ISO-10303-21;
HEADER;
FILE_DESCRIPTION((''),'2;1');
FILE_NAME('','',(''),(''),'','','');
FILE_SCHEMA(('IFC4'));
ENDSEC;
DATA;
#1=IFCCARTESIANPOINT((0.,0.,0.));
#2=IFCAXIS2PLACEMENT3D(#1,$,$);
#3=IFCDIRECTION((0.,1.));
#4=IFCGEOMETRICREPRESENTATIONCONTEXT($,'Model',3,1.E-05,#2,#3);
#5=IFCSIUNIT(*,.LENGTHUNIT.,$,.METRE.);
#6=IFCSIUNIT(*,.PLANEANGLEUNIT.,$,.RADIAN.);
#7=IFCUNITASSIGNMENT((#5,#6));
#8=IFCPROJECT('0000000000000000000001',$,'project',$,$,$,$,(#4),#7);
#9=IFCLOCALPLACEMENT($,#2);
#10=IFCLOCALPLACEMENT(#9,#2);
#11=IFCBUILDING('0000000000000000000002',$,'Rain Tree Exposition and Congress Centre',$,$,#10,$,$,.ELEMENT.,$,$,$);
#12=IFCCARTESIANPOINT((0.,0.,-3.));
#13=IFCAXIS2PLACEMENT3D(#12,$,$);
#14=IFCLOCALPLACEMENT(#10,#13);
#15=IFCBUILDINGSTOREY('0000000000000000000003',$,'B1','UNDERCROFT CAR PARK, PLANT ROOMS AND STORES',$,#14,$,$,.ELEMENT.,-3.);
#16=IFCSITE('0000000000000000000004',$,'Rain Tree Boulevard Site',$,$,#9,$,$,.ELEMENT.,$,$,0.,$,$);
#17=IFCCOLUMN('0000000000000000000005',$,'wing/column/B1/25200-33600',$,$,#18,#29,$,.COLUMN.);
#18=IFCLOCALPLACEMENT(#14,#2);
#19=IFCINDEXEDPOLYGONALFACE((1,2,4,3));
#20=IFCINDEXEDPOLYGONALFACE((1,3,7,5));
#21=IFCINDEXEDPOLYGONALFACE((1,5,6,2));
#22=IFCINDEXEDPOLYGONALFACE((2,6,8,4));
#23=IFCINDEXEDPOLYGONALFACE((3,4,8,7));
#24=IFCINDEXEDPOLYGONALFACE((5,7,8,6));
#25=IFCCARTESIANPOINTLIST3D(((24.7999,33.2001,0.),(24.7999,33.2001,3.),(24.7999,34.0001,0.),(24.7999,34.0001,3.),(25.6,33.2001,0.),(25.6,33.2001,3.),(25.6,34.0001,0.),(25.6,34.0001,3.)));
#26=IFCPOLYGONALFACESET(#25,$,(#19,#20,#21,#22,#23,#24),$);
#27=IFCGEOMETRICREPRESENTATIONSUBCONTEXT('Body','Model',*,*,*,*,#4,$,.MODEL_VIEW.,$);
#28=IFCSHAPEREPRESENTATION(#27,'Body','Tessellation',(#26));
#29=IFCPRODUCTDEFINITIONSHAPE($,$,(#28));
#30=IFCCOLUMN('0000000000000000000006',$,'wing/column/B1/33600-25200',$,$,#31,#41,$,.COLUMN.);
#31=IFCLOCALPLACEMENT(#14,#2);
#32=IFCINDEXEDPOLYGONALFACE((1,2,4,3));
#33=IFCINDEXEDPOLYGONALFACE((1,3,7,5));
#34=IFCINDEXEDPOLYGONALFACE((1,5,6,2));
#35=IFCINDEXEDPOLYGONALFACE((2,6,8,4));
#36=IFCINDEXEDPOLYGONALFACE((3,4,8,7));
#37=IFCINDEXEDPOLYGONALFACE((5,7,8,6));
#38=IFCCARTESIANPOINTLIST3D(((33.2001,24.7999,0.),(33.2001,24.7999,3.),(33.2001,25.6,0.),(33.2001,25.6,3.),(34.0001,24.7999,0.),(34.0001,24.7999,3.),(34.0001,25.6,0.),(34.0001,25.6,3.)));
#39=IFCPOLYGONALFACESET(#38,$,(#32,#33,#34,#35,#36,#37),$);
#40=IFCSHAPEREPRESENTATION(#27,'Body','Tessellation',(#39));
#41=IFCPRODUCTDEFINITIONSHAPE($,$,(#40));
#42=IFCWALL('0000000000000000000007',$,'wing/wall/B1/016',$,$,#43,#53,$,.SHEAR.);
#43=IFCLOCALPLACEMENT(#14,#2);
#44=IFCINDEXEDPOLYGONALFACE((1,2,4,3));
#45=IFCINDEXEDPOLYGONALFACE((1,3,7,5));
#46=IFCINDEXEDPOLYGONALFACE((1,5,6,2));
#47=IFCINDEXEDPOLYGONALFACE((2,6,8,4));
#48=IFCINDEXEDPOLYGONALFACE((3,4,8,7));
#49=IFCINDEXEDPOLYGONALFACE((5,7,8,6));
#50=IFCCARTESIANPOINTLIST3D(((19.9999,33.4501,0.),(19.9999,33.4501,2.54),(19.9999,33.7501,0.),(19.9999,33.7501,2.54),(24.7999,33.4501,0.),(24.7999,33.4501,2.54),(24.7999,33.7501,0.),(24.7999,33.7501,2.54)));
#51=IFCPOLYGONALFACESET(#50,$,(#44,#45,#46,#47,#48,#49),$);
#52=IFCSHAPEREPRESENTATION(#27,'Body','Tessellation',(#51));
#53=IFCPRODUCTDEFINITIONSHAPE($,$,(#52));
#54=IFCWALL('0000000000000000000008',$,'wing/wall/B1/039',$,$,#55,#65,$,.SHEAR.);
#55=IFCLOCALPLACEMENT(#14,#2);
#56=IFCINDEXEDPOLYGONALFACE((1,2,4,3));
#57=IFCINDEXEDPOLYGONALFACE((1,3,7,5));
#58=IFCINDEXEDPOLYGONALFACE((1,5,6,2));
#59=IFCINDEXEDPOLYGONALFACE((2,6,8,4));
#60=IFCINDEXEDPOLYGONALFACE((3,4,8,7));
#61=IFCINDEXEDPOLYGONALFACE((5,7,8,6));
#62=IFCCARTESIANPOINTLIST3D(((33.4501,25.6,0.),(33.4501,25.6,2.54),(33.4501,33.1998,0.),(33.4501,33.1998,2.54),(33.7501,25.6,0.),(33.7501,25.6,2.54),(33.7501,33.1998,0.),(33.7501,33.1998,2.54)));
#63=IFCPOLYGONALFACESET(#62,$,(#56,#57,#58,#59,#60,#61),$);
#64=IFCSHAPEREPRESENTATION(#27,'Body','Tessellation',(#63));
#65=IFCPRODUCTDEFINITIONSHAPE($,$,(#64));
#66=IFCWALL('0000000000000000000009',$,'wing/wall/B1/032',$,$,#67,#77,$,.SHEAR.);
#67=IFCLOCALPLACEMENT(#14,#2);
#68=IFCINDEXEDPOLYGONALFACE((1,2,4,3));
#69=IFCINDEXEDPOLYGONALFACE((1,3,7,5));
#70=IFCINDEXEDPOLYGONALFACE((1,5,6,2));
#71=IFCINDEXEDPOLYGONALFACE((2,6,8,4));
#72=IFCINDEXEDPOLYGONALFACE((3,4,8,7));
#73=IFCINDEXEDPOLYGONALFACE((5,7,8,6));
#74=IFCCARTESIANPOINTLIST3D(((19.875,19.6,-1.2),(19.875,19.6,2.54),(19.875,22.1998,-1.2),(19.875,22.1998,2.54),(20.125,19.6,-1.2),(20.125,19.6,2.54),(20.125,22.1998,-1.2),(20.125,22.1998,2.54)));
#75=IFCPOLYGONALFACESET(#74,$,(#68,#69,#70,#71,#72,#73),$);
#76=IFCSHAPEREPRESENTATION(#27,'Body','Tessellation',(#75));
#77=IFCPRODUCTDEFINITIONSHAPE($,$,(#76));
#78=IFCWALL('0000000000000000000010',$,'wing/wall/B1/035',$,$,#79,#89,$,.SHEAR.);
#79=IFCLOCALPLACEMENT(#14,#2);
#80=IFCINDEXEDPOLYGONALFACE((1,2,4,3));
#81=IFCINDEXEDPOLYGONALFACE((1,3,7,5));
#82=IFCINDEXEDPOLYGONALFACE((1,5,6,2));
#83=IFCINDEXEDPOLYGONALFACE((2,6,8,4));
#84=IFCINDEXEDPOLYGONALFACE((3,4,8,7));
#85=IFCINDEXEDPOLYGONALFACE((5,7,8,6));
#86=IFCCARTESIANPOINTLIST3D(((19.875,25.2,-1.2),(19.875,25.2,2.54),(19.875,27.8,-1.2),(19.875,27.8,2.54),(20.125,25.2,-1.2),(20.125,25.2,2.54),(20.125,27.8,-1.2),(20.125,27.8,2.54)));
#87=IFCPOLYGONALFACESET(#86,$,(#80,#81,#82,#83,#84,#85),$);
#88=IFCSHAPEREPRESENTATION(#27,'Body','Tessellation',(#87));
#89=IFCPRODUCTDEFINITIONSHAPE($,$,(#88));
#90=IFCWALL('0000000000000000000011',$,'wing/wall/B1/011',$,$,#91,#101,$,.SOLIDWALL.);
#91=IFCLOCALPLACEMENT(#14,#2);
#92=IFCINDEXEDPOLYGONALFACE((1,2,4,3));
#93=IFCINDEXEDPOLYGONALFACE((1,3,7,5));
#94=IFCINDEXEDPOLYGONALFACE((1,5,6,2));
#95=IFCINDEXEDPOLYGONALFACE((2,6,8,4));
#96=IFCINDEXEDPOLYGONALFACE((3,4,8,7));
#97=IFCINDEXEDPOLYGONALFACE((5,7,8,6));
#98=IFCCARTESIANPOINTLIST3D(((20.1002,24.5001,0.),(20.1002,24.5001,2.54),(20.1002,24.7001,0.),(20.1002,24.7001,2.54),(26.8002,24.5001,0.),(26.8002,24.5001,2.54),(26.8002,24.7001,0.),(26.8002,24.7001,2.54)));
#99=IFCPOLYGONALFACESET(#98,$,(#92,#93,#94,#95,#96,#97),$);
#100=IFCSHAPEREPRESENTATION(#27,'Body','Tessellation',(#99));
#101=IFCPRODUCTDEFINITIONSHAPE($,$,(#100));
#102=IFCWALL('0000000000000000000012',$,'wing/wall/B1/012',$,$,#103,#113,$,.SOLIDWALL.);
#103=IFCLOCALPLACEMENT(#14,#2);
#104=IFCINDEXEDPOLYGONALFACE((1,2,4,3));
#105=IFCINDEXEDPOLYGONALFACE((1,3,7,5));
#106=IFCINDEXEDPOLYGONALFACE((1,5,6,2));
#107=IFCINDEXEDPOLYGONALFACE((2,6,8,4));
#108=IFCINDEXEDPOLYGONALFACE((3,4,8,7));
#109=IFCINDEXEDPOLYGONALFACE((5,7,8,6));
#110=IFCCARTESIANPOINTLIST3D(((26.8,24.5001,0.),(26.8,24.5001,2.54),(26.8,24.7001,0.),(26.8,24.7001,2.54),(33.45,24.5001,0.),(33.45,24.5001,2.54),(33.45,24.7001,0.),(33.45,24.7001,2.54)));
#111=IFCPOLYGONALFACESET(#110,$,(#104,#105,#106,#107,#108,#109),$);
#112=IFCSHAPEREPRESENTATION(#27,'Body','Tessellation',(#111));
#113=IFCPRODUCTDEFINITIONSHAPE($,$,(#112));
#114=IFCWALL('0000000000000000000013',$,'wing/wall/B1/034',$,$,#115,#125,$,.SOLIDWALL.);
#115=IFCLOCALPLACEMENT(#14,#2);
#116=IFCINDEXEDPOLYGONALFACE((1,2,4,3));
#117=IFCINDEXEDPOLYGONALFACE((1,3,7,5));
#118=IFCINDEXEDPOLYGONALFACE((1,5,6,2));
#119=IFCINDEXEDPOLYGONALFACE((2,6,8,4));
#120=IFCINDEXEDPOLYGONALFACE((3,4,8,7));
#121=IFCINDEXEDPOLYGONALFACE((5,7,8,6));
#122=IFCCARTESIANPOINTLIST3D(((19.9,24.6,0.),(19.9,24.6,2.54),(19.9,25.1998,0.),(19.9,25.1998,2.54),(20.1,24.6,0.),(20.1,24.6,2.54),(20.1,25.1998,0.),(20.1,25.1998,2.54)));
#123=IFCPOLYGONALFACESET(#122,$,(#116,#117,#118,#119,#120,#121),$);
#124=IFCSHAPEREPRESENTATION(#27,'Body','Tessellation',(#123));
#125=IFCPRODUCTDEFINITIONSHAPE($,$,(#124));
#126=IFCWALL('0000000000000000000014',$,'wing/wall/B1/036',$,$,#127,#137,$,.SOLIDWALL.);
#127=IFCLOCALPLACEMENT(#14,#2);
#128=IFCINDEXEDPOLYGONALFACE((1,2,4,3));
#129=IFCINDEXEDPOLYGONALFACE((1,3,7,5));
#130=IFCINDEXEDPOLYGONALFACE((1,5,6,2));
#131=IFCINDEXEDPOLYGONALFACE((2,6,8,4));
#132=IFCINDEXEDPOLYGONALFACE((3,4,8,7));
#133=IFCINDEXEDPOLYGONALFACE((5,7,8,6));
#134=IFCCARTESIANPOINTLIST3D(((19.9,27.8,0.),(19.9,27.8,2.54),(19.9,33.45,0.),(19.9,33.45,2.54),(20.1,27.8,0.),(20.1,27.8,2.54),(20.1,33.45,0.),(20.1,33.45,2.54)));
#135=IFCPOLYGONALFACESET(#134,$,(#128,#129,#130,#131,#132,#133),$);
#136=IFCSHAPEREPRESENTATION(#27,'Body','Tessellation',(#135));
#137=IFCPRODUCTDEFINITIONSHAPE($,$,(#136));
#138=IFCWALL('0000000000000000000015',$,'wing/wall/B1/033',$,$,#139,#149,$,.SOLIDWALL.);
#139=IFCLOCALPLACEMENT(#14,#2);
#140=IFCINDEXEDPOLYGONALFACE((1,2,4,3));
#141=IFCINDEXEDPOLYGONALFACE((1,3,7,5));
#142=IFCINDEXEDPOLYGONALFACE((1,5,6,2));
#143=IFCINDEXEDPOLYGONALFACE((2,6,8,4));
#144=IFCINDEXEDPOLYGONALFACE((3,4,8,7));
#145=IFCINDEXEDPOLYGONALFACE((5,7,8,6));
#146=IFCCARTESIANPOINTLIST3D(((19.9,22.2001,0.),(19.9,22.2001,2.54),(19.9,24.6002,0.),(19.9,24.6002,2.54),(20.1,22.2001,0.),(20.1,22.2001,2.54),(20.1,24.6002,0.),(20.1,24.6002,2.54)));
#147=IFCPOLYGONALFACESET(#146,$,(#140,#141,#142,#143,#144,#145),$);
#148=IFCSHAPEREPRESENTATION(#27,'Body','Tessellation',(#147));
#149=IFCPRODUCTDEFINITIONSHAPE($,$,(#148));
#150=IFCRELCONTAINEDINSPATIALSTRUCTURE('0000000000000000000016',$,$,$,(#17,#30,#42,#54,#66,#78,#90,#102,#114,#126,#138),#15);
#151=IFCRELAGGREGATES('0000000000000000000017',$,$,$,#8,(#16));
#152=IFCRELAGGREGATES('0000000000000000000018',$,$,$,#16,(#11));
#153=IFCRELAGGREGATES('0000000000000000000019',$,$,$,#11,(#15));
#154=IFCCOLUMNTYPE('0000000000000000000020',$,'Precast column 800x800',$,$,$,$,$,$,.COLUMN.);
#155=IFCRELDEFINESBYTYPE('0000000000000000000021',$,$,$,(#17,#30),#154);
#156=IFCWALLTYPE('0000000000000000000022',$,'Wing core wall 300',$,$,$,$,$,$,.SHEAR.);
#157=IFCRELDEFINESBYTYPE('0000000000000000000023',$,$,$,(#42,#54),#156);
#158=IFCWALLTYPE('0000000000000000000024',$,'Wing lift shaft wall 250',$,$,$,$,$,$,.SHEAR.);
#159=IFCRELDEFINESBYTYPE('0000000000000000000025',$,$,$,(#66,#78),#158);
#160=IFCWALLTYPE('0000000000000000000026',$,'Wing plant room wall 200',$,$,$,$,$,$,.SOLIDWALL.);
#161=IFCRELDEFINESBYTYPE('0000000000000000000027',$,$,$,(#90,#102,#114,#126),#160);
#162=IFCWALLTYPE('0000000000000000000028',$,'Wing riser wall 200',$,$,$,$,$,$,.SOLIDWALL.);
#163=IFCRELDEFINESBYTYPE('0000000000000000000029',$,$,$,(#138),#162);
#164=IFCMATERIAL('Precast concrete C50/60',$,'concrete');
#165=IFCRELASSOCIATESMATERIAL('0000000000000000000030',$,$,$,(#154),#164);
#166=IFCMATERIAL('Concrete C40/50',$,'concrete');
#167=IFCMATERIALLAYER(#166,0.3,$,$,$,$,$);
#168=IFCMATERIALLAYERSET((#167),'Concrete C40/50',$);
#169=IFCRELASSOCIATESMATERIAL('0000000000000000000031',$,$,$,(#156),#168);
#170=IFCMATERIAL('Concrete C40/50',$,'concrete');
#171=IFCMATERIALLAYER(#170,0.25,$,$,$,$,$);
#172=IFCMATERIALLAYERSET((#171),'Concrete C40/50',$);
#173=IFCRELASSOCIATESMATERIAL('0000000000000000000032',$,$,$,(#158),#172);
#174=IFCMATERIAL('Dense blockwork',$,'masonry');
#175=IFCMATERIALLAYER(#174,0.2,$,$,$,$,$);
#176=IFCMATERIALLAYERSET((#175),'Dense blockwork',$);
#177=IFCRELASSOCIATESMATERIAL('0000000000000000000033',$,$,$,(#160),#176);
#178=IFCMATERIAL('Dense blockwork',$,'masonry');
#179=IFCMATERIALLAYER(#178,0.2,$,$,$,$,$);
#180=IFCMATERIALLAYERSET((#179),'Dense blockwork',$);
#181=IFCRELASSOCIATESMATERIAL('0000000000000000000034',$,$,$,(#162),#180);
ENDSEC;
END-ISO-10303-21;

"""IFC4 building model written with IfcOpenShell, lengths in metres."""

from ifc_helpers import new_model, si_unit, direction, frame, frame_2d, origin, origin_2d, place, context, subcontext, project, spatial, rectangle, extrude, material, layer, layer_set, material_profile, profile_set, type_object, element, save


model = new_model("IFC4")

# Units and contexts
model_context = context("Model", 3, precision=1e-05, world=origin(), true_north=direction((0.0, 1.0)))
body_context = subcontext(model_context, "Body", "Model", "MODEL_VIEW")
ifc_project = project(units=[si_unit("LENGTHUNIT", "METRE"), si_unit("PLANEANGLEUNIT", "RADIAN")], contexts=[model_context])

# Site, building, storey
site_placement = place(None, origin())
site = spatial("IfcSite", under=ifc_project, at=site_placement, Name="Rain Tree Boulevard Site", CompositionType="ELEMENT", RefElevation=0.0)
building_placement = place(site_placement, origin())
building = spatial("IfcBuilding", under=site, at=building_placement, Name="Rain Tree Exposition and Congress Centre", CompositionType="ELEMENT")
storey_placement = place(building_placement, frame((0.0, 0.0, -3.0)))
storey = spatial("IfcBuildingStorey", under=building, at=storey_placement, Name="B1", Description="UNDERCROFT CAR PARK, PLANT ROOMS AND STORES", CompositionType="ELEMENT", Elevation=-3.0)

# Columns
ifc_material_1 = material(Name="Precast concrete C50/60", Category="concrete")
ifc_material_profile_1 = material_profile(ifc_material_1, rectangle(XDim=0.8, YDim=0.8, at=origin_2d()), Name="RC 800x800")
ifc_profile_set_1 = profile_set([ifc_material_profile_1], Name="Precast concrete C50/60")
column_type = type_object("IfcColumnType", Name="Precast column 800x800", PredefinedType="COLUMN", material=ifc_profile_set_1)
for number, where, z_axis, x_axis, name in (
    (1, (25.2, 33.6001, 0.0), (0.0, 0.0, 1.0), (1.0, 0.0, 0.0), "wing/column/B1/25200-33600"),
    (2, (33.6001, 25.2, 0.0), (0.0, 0.0, 1.0), (1.0, 0.0, 0.0), "wing/column/B1/33600-25200"),
):
    element("IfcColumn", number, at=place(storey_placement, frame(where, z_axis=z_axis, x_axis=x_axis)), inside=storey, type_object=column_type, Name=name, PredefinedType="COLUMN", context=body_context, shape_type="SweptSolid", body=[
        extrude(rectangle(XDim=0.8, YDim=0.8, at=origin_2d()), origin(), (0.0, 0.0, 1.0), 3.0),
    ])

# Wall
ifc_material_2 = material(Name="Concrete C40/50", Category="concrete")
ifc_layer_1 = layer(ifc_material_2, 0.3)
ifc_layer_set_1 = layer_set([ifc_layer_1], Name="Concrete C40/50")
wall_type_1 = type_object("IfcWallType", Name="Wing core wall 300", PredefinedType="SHEAR", material=ifc_layer_set_1)
wall_1_placement = place(storey_placement, frame((20.0, 33.6001, 0.0), z_axis=(0.0, 0.0, 1.0), x_axis=(1.0, 0.0, 0.0)))
element("IfcWall", 3, at=wall_1_placement, inside=storey, type_object=wall_type_1, Name="wing/wall/B1/016", PredefinedType="SHEAR", context=body_context, shape_type="SweptSolid", body=[
    extrude(rectangle(XDim=4.8, YDim=0.3, at=frame_2d((2.3999, 0.0))), origin(), (0.0, 0.0, 1.0), 2.54),
])

# Walls
wall_2_placement = place(storey_placement, frame((33.6001, 25.6001, 0.0), z_axis=(0.0, 0.0, 1.0), x_axis=(0.0, 1.0, 0.0)))
element("IfcWall", 4, at=wall_2_placement, inside=storey, type_object=wall_type_1, Name="wing/wall/B1/039", PredefinedType="SHEAR", context=body_context, shape_type="SweptSolid", body=[
    extrude(rectangle(XDim=7.5999, YDim=0.3, at=frame_2d((3.7998, 0.0))), origin(), (0.0, 0.0, 1.0), 2.54),
])
ifc_material_3 = material(Name="Concrete C40/50", Category="concrete")
ifc_layer_2 = layer(ifc_material_3, 0.25)
ifc_layer_set_2 = layer_set([ifc_layer_2], Name="Concrete C40/50")
wall_type_2 = type_object("IfcWallType", Name="Wing lift shaft wall 250", PredefinedType="SHEAR", material=ifc_layer_set_2)
wall_3_placement = place(storey_placement, frame((20.0, 19.6001, -1.2), z_axis=(0.0, 0.0, 1.0), x_axis=(0.0, 1.0, 0.0)))
element("IfcWall", 5, at=wall_3_placement, inside=storey, type_object=wall_type_2, Name="wing/wall/B1/032", PredefinedType="SHEAR", context=body_context, shape_type="SweptSolid", body=[
    extrude(rectangle(XDim=2.5999, YDim=0.25, at=frame_2d((1.2998, 0.0))), origin(), (0.0, 0.0, 1.0), 3.74),
])
wall_4_placement = place(storey_placement, frame((20.0, 25.2, -1.2), z_axis=(0.0, 0.0, 1.0), x_axis=(0.0, 1.0, 0.0)))
element("IfcWall", 6, at=wall_4_placement, inside=storey, type_object=wall_type_2, Name="wing/wall/B1/035", PredefinedType="SHEAR", context=body_context, shape_type="SweptSolid", body=[
    extrude(rectangle(XDim=2.6001, YDim=0.25, at=frame_2d((1.3, 0.0))), origin(), (0.0, 0.0, 1.0), 3.74),
])
ifc_material_4 = material(Name="Dense blockwork", Category="masonry")
ifc_layer_3 = layer(ifc_material_4, 0.2)
ifc_layer_set_3 = layer_set([ifc_layer_3], Name="Dense blockwork")
wall_type_3 = type_object("IfcWallType", Name="Wing plant room wall 200", PredefinedType="SOLIDWALL", material=ifc_layer_set_3)
wall_5_placement = place(storey_placement, frame((20.1001, 24.6001, 0.0), z_axis=(0.0, 0.0, 1.0), x_axis=(1.0, 0.0, 0.0)))
element("IfcWall", 7, at=wall_5_placement, inside=storey, type_object=wall_type_3, Name="wing/wall/B1/011", PredefinedType="SOLIDWALL", context=body_context, shape_type="SweptSolid", body=[
    extrude(rectangle(XDim=6.7, YDim=0.2, at=frame_2d((3.3501, 0.0))), origin(), (0.0, 0.0, 1.0), 2.54),
])
wall_6_placement = place(storey_placement, frame((26.8, 24.6001, 0.0), z_axis=(0.0, 0.0, 1.0), x_axis=(1.0, 0.0, 0.0)))
element("IfcWall", 8, at=wall_6_placement, inside=storey, type_object=wall_type_3, Name="wing/wall/B1/012", PredefinedType="SOLIDWALL", context=body_context, shape_type="SweptSolid", body=[
    extrude(rectangle(XDim=6.6499, YDim=0.2, at=frame_2d((3.325, 0.0))), origin(), (0.0, 0.0, 1.0), 2.54),
])
wall_7_placement = place(storey_placement, frame((20.0, 24.6001, 0.0), z_axis=(0.0, 0.0, 1.0), x_axis=(0.0, 1.0, 0.0)))
element("IfcWall", 9, at=wall_7_placement, inside=storey, type_object=wall_type_3, Name="wing/wall/B1/034", PredefinedType="SOLIDWALL", context=body_context, shape_type="SweptSolid", body=[
    extrude(rectangle(XDim=0.5999, YDim=0.2, at=frame_2d((0.2998, 0.0))), origin(), (0.0, 0.0, 1.0), 2.54),
])
wall_8_placement = place(storey_placement, frame((20.0, 27.8, 0.0), z_axis=(0.0, 0.0, 1.0), x_axis=(0.0, 1.0, 0.0)))
element("IfcWall", 10, at=wall_8_placement, inside=storey, type_object=wall_type_3, Name="wing/wall/B1/036", PredefinedType="SOLIDWALL", context=body_context, shape_type="SweptSolid", body=[
    extrude(rectangle(XDim=5.6499, YDim=0.2, at=frame_2d((2.825, 0.0))), origin(), (0.0, 0.0, 1.0), 2.54),
])
ifc_material_5 = material(Name="Dense blockwork", Category="masonry")
ifc_layer_4 = layer(ifc_material_5, 0.2)
ifc_layer_set_4 = layer_set([ifc_layer_4], Name="Dense blockwork")
wall_type_4 = type_object("IfcWallType", Name="Wing riser wall 200", PredefinedType="SOLIDWALL", material=ifc_layer_set_4)
wall_9_placement = place(storey_placement, frame((20.0, 22.2, 0.0), z_axis=(0.0, 0.0, 1.0), x_axis=(0.0, 1.0, 0.0)))
element("IfcWall", 11, at=wall_9_placement, inside=storey, type_object=wall_type_4, Name="wing/wall/B1/033", PredefinedType="SOLIDWALL", context=body_context, shape_type="SweptSolid", body=[
    extrude(rectangle(XDim=2.4001, YDim=0.2, at=frame_2d((1.2002, 0.0))), origin(), (0.0, 0.0, 1.0), 2.54),
])

save(model, "model.ifc")
